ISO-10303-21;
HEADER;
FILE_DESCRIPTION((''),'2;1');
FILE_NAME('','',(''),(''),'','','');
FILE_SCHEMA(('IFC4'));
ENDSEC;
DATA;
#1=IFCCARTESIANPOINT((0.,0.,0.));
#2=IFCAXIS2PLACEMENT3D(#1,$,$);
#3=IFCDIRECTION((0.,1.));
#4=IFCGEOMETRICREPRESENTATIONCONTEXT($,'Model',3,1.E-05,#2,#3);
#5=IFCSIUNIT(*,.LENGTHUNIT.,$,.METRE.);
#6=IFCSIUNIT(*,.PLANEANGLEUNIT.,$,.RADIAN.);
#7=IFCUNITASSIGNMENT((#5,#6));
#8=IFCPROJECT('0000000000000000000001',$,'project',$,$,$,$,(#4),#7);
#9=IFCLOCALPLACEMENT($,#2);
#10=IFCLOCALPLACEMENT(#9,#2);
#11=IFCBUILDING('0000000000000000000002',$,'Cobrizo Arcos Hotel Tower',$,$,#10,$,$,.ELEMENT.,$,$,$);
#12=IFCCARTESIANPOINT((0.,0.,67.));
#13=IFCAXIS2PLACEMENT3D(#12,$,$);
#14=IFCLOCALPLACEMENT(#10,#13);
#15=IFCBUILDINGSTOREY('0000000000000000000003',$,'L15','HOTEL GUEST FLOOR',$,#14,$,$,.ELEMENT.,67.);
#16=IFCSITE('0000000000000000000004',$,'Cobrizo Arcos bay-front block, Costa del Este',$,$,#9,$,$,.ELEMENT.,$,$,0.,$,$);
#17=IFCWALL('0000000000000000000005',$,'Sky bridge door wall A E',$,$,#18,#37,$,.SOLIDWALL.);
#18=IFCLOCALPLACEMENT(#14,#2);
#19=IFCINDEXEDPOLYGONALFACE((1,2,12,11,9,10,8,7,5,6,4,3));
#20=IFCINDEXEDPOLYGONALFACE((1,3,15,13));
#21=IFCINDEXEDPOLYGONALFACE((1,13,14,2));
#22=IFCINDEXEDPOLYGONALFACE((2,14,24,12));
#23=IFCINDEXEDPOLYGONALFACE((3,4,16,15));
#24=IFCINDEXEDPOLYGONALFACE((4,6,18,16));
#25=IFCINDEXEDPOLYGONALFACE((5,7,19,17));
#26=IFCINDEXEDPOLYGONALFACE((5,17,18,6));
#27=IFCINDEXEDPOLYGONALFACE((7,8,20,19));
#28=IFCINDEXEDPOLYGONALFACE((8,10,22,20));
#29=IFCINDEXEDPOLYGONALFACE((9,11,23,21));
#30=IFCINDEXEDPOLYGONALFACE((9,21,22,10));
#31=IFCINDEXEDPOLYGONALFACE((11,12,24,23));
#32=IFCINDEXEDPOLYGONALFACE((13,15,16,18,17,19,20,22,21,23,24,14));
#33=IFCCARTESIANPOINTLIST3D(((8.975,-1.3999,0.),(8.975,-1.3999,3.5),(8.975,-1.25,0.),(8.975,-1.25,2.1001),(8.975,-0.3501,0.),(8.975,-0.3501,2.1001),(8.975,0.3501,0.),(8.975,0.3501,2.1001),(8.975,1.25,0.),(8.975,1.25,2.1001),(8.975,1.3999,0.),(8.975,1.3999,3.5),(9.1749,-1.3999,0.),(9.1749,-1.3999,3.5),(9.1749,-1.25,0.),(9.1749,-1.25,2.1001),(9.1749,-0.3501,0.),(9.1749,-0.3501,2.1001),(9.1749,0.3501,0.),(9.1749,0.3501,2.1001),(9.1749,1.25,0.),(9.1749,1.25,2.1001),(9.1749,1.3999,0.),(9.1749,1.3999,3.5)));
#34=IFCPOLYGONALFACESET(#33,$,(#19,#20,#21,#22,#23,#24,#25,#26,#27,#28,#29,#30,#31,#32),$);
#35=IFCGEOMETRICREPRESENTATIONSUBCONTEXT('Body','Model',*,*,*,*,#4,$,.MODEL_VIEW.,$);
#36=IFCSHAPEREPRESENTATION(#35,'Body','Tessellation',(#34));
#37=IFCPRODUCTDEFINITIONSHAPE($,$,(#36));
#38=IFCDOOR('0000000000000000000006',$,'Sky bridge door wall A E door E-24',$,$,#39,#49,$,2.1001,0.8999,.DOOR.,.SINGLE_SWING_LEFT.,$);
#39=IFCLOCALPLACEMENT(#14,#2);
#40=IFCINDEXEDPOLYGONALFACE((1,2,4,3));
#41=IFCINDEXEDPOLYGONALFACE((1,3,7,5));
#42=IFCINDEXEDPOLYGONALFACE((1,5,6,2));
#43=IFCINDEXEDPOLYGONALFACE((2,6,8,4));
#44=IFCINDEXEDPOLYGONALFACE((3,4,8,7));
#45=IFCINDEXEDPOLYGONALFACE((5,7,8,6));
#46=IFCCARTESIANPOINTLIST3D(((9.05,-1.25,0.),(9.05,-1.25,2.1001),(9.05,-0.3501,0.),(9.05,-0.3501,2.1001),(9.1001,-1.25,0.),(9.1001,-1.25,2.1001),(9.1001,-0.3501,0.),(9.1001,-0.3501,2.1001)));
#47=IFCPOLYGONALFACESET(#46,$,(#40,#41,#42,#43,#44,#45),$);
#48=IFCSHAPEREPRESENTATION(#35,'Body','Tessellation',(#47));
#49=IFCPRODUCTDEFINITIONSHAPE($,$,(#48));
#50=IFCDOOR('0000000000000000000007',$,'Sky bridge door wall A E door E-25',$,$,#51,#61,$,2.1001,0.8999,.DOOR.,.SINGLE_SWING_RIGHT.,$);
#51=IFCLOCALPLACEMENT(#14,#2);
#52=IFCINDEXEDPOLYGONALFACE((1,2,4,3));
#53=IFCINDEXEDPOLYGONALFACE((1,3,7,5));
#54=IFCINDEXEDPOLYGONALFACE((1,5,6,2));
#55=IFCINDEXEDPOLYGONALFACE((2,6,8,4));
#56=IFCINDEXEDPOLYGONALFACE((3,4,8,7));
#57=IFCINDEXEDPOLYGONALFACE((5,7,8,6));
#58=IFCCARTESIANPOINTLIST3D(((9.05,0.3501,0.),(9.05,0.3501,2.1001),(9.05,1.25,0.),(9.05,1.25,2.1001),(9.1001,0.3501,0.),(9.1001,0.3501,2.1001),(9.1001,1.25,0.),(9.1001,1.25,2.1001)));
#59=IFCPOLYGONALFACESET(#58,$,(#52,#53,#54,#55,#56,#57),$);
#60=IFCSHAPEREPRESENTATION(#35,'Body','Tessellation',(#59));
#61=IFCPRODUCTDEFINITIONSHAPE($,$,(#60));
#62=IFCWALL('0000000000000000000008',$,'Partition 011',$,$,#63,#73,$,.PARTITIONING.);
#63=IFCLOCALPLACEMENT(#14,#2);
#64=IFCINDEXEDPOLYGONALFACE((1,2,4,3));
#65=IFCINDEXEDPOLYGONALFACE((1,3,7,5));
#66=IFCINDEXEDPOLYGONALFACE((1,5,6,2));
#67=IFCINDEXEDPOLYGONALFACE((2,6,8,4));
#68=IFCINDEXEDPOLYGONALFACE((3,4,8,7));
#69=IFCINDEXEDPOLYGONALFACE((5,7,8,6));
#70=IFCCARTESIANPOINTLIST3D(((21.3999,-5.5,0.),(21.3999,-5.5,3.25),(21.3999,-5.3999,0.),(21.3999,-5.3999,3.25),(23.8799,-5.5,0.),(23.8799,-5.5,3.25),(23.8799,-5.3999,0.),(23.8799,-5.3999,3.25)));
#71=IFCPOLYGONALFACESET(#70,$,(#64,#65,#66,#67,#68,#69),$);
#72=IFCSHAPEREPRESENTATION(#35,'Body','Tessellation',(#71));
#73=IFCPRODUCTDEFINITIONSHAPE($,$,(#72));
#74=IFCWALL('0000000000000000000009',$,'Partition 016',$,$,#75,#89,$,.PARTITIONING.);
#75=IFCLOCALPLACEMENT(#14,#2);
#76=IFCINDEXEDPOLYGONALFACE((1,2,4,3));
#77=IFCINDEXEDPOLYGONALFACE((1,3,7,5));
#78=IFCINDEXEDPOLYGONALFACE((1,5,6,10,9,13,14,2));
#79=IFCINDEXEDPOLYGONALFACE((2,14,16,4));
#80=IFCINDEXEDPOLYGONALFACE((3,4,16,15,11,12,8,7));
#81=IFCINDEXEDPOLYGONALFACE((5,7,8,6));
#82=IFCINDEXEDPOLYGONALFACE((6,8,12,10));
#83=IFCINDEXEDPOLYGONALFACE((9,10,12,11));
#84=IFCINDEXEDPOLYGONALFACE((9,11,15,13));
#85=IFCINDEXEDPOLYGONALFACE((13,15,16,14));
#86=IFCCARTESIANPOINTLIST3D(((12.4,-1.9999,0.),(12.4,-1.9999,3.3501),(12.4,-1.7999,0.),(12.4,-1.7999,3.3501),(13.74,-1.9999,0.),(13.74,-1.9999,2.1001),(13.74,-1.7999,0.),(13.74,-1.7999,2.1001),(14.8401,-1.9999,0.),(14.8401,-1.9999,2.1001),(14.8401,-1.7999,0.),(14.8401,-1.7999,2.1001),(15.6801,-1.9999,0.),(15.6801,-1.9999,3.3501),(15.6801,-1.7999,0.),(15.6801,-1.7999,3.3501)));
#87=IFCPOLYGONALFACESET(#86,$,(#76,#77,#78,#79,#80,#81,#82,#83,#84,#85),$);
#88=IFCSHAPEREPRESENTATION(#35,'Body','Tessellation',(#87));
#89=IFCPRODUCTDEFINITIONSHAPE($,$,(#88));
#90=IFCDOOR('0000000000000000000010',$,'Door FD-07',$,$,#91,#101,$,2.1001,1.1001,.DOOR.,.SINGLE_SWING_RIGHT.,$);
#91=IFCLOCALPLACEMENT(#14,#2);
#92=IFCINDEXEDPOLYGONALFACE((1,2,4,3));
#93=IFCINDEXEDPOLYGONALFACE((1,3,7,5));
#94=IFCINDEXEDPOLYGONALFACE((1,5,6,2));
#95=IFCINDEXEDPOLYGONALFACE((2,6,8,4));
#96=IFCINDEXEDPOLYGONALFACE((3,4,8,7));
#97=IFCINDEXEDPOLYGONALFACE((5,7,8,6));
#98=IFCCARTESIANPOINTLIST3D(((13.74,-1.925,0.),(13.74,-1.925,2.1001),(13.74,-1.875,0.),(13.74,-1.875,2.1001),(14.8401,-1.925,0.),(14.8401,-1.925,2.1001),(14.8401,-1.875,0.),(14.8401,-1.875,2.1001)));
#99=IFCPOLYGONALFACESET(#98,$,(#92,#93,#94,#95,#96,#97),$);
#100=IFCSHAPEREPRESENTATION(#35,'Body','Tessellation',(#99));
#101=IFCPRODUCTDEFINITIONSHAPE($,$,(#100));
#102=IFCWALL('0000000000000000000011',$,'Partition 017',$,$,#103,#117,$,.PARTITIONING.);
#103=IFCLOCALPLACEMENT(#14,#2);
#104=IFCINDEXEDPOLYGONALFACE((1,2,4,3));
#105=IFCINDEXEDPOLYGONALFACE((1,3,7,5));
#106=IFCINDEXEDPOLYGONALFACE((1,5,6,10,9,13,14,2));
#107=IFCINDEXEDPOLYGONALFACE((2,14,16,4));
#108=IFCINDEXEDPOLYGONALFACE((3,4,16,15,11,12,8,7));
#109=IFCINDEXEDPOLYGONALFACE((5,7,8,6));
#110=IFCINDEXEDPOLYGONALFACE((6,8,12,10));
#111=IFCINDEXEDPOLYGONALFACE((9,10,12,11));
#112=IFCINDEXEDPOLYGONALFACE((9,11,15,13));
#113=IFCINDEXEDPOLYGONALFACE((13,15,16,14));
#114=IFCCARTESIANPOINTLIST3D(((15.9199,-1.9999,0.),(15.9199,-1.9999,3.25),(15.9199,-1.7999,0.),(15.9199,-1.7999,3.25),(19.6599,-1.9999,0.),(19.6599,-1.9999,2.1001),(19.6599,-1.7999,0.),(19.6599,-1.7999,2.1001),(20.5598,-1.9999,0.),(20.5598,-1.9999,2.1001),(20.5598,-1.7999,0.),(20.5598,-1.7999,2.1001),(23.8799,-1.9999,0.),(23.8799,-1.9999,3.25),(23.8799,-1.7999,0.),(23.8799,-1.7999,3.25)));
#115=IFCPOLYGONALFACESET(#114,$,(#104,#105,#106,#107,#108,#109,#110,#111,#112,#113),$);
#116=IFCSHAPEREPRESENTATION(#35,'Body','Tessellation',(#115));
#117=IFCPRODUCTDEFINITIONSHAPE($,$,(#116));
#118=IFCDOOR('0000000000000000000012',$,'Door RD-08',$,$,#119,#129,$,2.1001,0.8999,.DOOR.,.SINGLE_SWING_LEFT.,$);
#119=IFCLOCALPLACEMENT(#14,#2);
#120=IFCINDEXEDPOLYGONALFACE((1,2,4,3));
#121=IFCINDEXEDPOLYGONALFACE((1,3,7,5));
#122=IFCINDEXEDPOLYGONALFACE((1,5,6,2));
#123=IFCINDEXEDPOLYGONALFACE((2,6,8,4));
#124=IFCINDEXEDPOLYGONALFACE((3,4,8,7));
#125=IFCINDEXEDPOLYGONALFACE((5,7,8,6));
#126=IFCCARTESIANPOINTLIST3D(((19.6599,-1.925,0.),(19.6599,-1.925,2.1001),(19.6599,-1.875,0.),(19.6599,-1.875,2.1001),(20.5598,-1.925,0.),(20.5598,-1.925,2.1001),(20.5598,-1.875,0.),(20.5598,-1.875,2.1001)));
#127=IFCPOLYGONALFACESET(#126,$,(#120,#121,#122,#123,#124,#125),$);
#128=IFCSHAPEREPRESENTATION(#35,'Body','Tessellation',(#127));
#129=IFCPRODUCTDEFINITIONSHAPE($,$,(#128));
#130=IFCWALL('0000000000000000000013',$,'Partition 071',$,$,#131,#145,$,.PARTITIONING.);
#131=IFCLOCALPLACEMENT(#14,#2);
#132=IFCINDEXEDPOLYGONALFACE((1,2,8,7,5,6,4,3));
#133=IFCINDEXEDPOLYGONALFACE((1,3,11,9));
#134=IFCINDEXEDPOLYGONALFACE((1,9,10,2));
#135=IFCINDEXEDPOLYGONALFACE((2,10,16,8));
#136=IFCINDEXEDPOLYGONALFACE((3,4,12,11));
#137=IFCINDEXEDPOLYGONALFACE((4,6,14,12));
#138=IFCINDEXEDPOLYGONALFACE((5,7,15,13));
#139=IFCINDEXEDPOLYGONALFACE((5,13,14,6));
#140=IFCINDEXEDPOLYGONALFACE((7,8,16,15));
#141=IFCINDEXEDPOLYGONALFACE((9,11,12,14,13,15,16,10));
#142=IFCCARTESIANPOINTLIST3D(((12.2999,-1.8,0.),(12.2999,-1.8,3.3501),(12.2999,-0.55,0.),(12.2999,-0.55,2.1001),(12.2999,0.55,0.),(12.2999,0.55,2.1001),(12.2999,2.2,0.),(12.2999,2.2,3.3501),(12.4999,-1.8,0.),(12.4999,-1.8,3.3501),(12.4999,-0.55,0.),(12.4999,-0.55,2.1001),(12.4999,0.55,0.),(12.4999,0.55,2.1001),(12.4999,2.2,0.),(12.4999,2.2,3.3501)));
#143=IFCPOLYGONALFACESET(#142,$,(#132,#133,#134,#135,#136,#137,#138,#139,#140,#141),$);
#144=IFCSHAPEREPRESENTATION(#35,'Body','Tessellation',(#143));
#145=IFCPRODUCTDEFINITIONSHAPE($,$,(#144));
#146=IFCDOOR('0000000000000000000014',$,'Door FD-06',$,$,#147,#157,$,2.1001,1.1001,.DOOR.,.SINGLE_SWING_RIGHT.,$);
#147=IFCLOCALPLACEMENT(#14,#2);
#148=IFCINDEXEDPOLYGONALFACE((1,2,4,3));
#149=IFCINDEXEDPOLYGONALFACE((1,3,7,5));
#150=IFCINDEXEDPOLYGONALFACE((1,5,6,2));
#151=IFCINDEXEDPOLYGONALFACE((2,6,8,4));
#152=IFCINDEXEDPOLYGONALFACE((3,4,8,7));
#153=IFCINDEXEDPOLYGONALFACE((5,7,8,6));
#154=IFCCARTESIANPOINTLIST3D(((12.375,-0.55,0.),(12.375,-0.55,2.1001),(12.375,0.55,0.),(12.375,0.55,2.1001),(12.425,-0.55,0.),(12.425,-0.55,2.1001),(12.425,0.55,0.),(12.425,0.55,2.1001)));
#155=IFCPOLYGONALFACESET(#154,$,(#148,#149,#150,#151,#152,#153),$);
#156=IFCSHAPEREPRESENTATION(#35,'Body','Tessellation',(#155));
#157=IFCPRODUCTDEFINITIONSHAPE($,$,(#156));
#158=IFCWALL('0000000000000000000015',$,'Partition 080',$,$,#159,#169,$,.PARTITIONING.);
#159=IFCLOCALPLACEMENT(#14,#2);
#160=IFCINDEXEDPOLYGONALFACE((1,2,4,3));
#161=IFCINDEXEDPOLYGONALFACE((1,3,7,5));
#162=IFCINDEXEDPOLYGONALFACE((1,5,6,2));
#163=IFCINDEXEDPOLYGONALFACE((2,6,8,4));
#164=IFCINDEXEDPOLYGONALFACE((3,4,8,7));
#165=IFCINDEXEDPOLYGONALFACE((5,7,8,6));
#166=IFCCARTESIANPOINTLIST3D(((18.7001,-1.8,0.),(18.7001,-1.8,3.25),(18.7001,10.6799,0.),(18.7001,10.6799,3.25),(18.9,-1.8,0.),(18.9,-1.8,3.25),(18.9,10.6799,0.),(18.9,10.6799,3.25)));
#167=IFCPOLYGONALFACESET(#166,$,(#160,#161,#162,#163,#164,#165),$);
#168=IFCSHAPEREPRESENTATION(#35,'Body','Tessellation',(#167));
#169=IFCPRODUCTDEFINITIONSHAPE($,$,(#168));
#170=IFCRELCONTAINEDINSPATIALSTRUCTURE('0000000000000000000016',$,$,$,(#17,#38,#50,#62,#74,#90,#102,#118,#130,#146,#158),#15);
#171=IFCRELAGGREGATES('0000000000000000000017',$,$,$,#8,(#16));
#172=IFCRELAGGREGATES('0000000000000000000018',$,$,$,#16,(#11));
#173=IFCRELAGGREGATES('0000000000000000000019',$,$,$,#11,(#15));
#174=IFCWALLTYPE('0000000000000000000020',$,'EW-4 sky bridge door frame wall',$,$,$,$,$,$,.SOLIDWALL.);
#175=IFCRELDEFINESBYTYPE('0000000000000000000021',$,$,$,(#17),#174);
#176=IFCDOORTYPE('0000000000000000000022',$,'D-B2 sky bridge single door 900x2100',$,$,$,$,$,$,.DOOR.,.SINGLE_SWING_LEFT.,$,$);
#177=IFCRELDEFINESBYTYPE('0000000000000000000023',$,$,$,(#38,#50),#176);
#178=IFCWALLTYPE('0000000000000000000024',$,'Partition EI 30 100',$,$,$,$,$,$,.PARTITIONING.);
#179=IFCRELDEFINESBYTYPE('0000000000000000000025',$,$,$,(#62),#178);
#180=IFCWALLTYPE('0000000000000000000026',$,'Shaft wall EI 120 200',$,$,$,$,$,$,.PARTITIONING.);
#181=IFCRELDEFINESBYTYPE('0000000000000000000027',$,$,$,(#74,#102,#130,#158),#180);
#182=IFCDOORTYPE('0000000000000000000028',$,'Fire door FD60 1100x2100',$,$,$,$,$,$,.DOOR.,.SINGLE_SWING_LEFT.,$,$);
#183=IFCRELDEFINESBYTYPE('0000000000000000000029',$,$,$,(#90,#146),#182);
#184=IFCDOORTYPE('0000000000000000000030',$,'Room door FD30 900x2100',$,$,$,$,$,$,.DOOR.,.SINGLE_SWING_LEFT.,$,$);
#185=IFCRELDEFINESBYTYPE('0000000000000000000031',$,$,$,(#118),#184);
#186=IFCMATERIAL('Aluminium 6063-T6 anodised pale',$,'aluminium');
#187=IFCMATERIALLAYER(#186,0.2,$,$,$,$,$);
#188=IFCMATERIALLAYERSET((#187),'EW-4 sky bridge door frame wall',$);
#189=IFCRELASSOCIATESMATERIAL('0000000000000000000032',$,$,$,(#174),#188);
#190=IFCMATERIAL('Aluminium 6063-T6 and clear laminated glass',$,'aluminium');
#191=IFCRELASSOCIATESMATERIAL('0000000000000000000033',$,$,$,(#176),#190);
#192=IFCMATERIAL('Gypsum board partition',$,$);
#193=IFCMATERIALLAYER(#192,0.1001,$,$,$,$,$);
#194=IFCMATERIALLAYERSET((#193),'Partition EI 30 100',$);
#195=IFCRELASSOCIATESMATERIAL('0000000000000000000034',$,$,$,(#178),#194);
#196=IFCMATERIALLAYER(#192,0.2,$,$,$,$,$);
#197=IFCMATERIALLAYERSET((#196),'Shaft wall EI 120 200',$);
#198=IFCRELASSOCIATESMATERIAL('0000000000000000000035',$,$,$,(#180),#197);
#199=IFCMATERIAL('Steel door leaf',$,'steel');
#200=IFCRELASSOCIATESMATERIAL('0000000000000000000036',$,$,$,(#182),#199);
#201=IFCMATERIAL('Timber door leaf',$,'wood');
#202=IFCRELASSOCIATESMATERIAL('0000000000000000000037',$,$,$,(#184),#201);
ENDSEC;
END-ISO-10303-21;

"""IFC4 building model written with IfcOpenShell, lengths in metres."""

from ifc_helpers import new_model, si_unit, direction, frame, frame_2d, origin, place, context, subcontext, project, spatial, rectangle, extrude, material, layer, layer_set, type_object, element, fill, save


model = new_model("IFC4")

# Units and contexts
model_context = context("Model", 3, precision=1e-05, world=origin(), true_north=direction((0.0, 1.0)))
body_context = subcontext(model_context, "Body", "Model", "MODEL_VIEW")
ifc_project = project(units=[si_unit("LENGTHUNIT", "METRE"), si_unit("PLANEANGLEUNIT", "RADIAN")], contexts=[model_context])

# Site, building, storey
site_placement = place(None, origin())
site = spatial("IfcSite", under=ifc_project, at=site_placement, Name="Cobrizo Arcos bay-front block, Costa del Este", CompositionType="ELEMENT", RefElevation=0.0)
building_placement = place(site_placement, origin())
building = spatial("IfcBuilding", under=site, at=building_placement, Name="Cobrizo Arcos Hotel Tower", CompositionType="ELEMENT")
storey_placement = place(building_placement, frame((0.0, 0.0, 67.0)))
storey = spatial("IfcBuildingStorey", under=building, at=storey_placement, Name="L15", Description="HOTEL GUEST FLOOR", CompositionType="ELEMENT", Elevation=67.0)

# Shared definitions
ifc_material_1 = material(Name="Gypsum board partition")

# Wall, openings, doors
ifc_material_2 = material(Name="Aluminium 6063-T6 anodised pale", Category="aluminium")
ifc_layer_1 = layer(ifc_material_2, 0.2)
ifc_layer_set_1 = layer_set([ifc_layer_1], Name="EW-4 sky bridge door frame wall")
wall_type_1 = type_object("IfcWallType", Name="EW-4 sky bridge door frame wall", PredefinedType="SOLIDWALL", material=ifc_layer_set_1)
wall_1_placement = place(storey_placement, frame((9.075, -1.3999, 0.0), z_axis=(0.0, 0.0, 1.0), x_axis=(0.0, 1.0, 0.0)))
wall_1 = element("IfcWall", 1, at=wall_1_placement, inside=storey, type_object=wall_type_1, Name="Sky bridge door wall A E", PredefinedType="SOLIDWALL", context=body_context, shape_type="SweptSolid", body=[
    extrude(rectangle(XDim=2.7998, YDim=0.2, at=frame_2d((1.3999, 0.0))), origin(), (0.0, 0.0, 1.0), 3.5),
])
opening_1_placement = place(wall_1_placement, frame((0.1499, 0.0, 0.0)))
opening_1 = element("IfcOpeningElement", 2, at=opening_1_placement, cuts=wall_1, PredefinedType="OPENING", context=body_context, shape_type="SweptSolid", body=[
    extrude(rectangle(XDim=0.8999, YDim=2.1001, at=frame_2d((0.45, 1.05))), frame((0.0, 0.1121, 0.0), z_axis=(0.0, -1.0, 0.0), x_axis=(1.0, 0.0, 0.0)), (0.0, 0.0, 1.0), 0.2239),
])
opening_2_placement = place(wall_1_placement, frame((1.75, 0.0, 0.0)))
opening_2 = element("IfcOpeningElement", 3, at=opening_2_placement, cuts=wall_1, PredefinedType="OPENING", context=body_context, shape_type="SweptSolid", body=[
    extrude(rectangle(XDim=0.8999, YDim=2.1001, at=frame_2d((0.45, 1.05))), frame((0.0, 0.1121, 0.0), z_axis=(0.0, -1.0, 0.0), x_axis=(1.0, 0.0, 0.0)), (0.0, 0.0, 1.0), 0.2239),
])
ifc_material_3 = material(Name="Aluminium 6063-T6 and clear laminated glass", Category="aluminium")
door_type_1 = type_object("IfcDoorType", Name="D-B2 sky bridge single door 900x2100", OperationType="SINGLE_SWING_LEFT", PredefinedType="DOOR", material=ifc_material_3)
door_1_placement = place(opening_1_placement, origin())
door_1 = element("IfcDoor", 4, at=door_1_placement, inside=storey, type_object=door_type_1, Name="Sky bridge door wall A E door E-24", OperationType="SINGLE_SWING_LEFT", OverallHeight=2.1001, OverallWidth=0.8999, PredefinedType="DOOR", context=body_context, shape_type="SweptSolid", body=[
    extrude(rectangle(XDim=0.8999, YDim=2.1001, at=frame_2d((0.45, 1.05))), frame((0.0, 0.0249, 0.0), z_axis=(0.0, -1.0, 0.0), x_axis=(1.0, 0.0, 0.0)), (0.0, 0.0, 1.0), 0.05),
])
fill(opening_1, door_1)
door_2_placement = place(opening_2_placement, origin())
door_2 = element("IfcDoor", 5, at=door_2_placement, inside=storey, type_object=door_type_1, Name="Sky bridge door wall A E door E-25", OperationType="SINGLE_SWING_RIGHT", OverallHeight=2.1001, OverallWidth=0.8999, PredefinedType="DOOR", context=body_context, shape_type="SweptSolid", body=[
    extrude(rectangle(XDim=0.8999, YDim=2.1001, at=frame_2d((0.45, 1.05))), frame((0.0, 0.0249, 0.0), z_axis=(0.0, -1.0, 0.0), x_axis=(1.0, 0.0, 0.0)), (0.0, 0.0, 1.0), 0.05),
])
fill(opening_2, door_2)

# Wall
ifc_layer_2 = layer(ifc_material_1, 0.1001)
ifc_layer_set_2 = layer_set([ifc_layer_2], Name="Partition EI 30 100")
wall_type_2 = type_object("IfcWallType", Name="Partition EI 30 100", PredefinedType="PARTITIONING", material=ifc_layer_set_2)
wall_2_placement = place(storey_placement, frame((21.3999, -5.45, 0.0), z_axis=(0.0, 0.0, 1.0), x_axis=(1.0, 0.0, 0.0)))
element("IfcWall", 6, at=wall_2_placement, inside=storey, type_object=wall_type_2, Name="Partition 011", PredefinedType="PARTITIONING", context=body_context, shape_type="SweptSolid", body=[
    extrude(rectangle(XDim=2.48, YDim=0.1001, at=frame_2d((1.24, 0.0))), origin(), (0.0, 0.0, 1.0), 3.25),
])

# Walls, openings, doors
ifc_layer_3 = layer(ifc_material_1, 0.2)
ifc_layer_set_3 = layer_set([ifc_layer_3], Name="Shaft wall EI 120 200")
wall_type_3 = type_object("IfcWallType", Name="Shaft wall EI 120 200", PredefinedType="PARTITIONING", material=ifc_layer_set_3)
wall_3_placement = place(storey_placement, frame((12.3999, -1.8999, 0.0), z_axis=(0.0, 0.0, 1.0), x_axis=(1.0, 0.0, 0.0)))
wall_3 = element("IfcWall", 7, at=wall_3_placement, inside=storey, type_object=wall_type_3, Name="Partition 016", PredefinedType="PARTITIONING", context=body_context, shape_type="SweptSolid", body=[
    extrude(rectangle(XDim=3.28, YDim=0.2, at=frame_2d((1.6401, 0.0))), origin(), (0.0, 0.0, 1.0), 3.3501),
])
opening_3_placement = place(wall_3_placement, frame((1.3401, 0.0, 0.0)))
opening_3 = element("IfcOpeningElement", 8, at=opening_3_placement, cuts=wall_3, PredefinedType="OPENING", context=body_context, shape_type="SweptSolid", body=[
    extrude(rectangle(XDim=1.1001, YDim=2.1001, at=frame_2d((0.55, 1.05))), frame((0.0, 0.1121, 0.0), z_axis=(0.0, -1.0, 0.0), x_axis=(1.0, 0.0, 0.0)), (0.0, 0.0, 1.0), 0.2239),
])
ifc_material_4 = material(Name="Steel door leaf", Category="steel")
door_type_2 = type_object("IfcDoorType", Name="Fire door FD60 1100x2100", OperationType="SINGLE_SWING_LEFT", PredefinedType="DOOR", material=ifc_material_4)
door_3_placement = place(opening_3_placement, origin())
door_3 = element("IfcDoor", 9, at=door_3_placement, inside=storey, type_object=door_type_2, Name="Door FD-07", OperationType="SINGLE_SWING_RIGHT", OverallHeight=2.1001, OverallWidth=1.1001, PredefinedType="DOOR", context=body_context, shape_type="SweptSolid", body=[
    extrude(rectangle(XDim=1.1001, YDim=2.1001, at=frame_2d((0.55, 1.05))), frame((0.0, 0.0249, 0.0), z_axis=(0.0, -1.0, 0.0), x_axis=(1.0, 0.0, 0.0)), (0.0, 0.0, 1.0), 0.05),
])
fill(opening_3, door_3)
wall_4_placement = place(storey_placement, frame((15.9199, -1.8999, 0.0), z_axis=(0.0, 0.0, 1.0), x_axis=(1.0, 0.0, 0.0)))
wall_4 = element("IfcWall", 10, at=wall_4_placement, inside=storey, type_object=wall_type_3, Name="Partition 017", PredefinedType="PARTITIONING", context=body_context, shape_type="SweptSolid", body=[
    extrude(rectangle(XDim=7.96, YDim=0.2, at=frame_2d((3.98, 0.0))), origin(), (0.0, 0.0, 1.0), 3.25),
])
opening_4_placement = place(wall_4_placement, frame((3.74, 0.0, 0.0)))
opening_4 = element("IfcOpeningElement", 11, at=opening_4_placement, cuts=wall_4, PredefinedType="OPENING", context=body_context, shape_type="SweptSolid", body=[
    extrude(rectangle(XDim=0.8999, YDim=2.1001, at=frame_2d((0.45, 1.05))), frame((0.0, 0.1121, 0.0), z_axis=(0.0, -1.0, 0.0), x_axis=(1.0, 0.0, 0.0)), (0.0, 0.0, 1.0), 0.2239),
])
ifc_material_5 = material(Name="Timber door leaf", Category="wood")
door_type_3 = type_object("IfcDoorType", Name="Room door FD30 900x2100", OperationType="SINGLE_SWING_LEFT", PredefinedType="DOOR", material=ifc_material_5)
door_4_placement = place(opening_4_placement, origin())
door_4 = element("IfcDoor", 12, at=door_4_placement, inside=storey, type_object=door_type_3, Name="Door RD-08", OperationType="SINGLE_SWING_LEFT", OverallHeight=2.1001, OverallWidth=0.8999, PredefinedType="DOOR", context=body_context, shape_type="SweptSolid", body=[
    extrude(rectangle(XDim=0.8999, YDim=2.1001, at=frame_2d((0.45, 1.05))), frame((0.0, 0.0249, 0.0), z_axis=(0.0, -1.0, 0.0), x_axis=(1.0, 0.0, 0.0)), (0.0, 0.0, 1.0), 0.05),
])
fill(opening_4, door_4)
wall_5_placement = place(storey_placement, frame((12.3999, -1.8, 0.0), z_axis=(0.0, 0.0, 1.0), x_axis=(0.0, 1.0, 0.0)))
wall_5 = element("IfcWall", 13, at=wall_5_placement, inside=storey, type_object=wall_type_3, Name="Partition 071", PredefinedType="PARTITIONING", context=body_context, shape_type="SweptSolid", body=[
    extrude(rectangle(XDim=4.0, YDim=0.2, at=frame_2d((2.0, 0.0))), origin(), (0.0, 0.0, 1.0), 3.3501),
])
opening_5_placement = place(wall_5_placement, frame((1.25, 0.0, 0.0)))
opening_5 = element("IfcOpeningElement", 14, at=opening_5_placement, cuts=wall_5, PredefinedType="OPENING", context=body_context, shape_type="SweptSolid", body=[
    extrude(rectangle(XDim=1.1001, YDim=2.1001, at=frame_2d((0.55, 1.05))), frame((0.0, 0.1121, 0.0), z_axis=(0.0, -1.0, 0.0), x_axis=(1.0, 0.0, 0.0)), (0.0, 0.0, 1.0), 0.2239),
])
door_5_placement = place(opening_5_placement, origin())
door_5 = element("IfcDoor", 15, at=door_5_placement, inside=storey, type_object=door_type_2, Name="Door FD-06", OperationType="SINGLE_SWING_RIGHT", OverallHeight=2.1001, OverallWidth=1.1001, PredefinedType="DOOR", context=body_context, shape_type="SweptSolid", body=[
    extrude(rectangle(XDim=1.1001, YDim=2.1001, at=frame_2d((0.55, 1.05))), frame((0.0, 0.0249, 0.0), z_axis=(0.0, -1.0, 0.0), x_axis=(1.0, 0.0, 0.0)), (0.0, 0.0, 1.0), 0.05),
])
fill(opening_5, door_5)

# Wall
wall_6_placement = place(storey_placement, frame((18.8, -1.8, 0.0), z_axis=(0.0, 0.0, 1.0), x_axis=(0.0, 1.0, 0.0)))
element("IfcWall", 16, at=wall_6_placement, inside=storey, type_object=wall_type_3, Name="Partition 080", PredefinedType="PARTITIONING", context=body_context, shape_type="SweptSolid", body=[
    extrude(rectangle(XDim=12.48, YDim=0.2, at=frame_2d((6.24, 0.0))), origin(), (0.0, 0.0, 1.0), 3.25),
])

save(model, "model.ifc")
